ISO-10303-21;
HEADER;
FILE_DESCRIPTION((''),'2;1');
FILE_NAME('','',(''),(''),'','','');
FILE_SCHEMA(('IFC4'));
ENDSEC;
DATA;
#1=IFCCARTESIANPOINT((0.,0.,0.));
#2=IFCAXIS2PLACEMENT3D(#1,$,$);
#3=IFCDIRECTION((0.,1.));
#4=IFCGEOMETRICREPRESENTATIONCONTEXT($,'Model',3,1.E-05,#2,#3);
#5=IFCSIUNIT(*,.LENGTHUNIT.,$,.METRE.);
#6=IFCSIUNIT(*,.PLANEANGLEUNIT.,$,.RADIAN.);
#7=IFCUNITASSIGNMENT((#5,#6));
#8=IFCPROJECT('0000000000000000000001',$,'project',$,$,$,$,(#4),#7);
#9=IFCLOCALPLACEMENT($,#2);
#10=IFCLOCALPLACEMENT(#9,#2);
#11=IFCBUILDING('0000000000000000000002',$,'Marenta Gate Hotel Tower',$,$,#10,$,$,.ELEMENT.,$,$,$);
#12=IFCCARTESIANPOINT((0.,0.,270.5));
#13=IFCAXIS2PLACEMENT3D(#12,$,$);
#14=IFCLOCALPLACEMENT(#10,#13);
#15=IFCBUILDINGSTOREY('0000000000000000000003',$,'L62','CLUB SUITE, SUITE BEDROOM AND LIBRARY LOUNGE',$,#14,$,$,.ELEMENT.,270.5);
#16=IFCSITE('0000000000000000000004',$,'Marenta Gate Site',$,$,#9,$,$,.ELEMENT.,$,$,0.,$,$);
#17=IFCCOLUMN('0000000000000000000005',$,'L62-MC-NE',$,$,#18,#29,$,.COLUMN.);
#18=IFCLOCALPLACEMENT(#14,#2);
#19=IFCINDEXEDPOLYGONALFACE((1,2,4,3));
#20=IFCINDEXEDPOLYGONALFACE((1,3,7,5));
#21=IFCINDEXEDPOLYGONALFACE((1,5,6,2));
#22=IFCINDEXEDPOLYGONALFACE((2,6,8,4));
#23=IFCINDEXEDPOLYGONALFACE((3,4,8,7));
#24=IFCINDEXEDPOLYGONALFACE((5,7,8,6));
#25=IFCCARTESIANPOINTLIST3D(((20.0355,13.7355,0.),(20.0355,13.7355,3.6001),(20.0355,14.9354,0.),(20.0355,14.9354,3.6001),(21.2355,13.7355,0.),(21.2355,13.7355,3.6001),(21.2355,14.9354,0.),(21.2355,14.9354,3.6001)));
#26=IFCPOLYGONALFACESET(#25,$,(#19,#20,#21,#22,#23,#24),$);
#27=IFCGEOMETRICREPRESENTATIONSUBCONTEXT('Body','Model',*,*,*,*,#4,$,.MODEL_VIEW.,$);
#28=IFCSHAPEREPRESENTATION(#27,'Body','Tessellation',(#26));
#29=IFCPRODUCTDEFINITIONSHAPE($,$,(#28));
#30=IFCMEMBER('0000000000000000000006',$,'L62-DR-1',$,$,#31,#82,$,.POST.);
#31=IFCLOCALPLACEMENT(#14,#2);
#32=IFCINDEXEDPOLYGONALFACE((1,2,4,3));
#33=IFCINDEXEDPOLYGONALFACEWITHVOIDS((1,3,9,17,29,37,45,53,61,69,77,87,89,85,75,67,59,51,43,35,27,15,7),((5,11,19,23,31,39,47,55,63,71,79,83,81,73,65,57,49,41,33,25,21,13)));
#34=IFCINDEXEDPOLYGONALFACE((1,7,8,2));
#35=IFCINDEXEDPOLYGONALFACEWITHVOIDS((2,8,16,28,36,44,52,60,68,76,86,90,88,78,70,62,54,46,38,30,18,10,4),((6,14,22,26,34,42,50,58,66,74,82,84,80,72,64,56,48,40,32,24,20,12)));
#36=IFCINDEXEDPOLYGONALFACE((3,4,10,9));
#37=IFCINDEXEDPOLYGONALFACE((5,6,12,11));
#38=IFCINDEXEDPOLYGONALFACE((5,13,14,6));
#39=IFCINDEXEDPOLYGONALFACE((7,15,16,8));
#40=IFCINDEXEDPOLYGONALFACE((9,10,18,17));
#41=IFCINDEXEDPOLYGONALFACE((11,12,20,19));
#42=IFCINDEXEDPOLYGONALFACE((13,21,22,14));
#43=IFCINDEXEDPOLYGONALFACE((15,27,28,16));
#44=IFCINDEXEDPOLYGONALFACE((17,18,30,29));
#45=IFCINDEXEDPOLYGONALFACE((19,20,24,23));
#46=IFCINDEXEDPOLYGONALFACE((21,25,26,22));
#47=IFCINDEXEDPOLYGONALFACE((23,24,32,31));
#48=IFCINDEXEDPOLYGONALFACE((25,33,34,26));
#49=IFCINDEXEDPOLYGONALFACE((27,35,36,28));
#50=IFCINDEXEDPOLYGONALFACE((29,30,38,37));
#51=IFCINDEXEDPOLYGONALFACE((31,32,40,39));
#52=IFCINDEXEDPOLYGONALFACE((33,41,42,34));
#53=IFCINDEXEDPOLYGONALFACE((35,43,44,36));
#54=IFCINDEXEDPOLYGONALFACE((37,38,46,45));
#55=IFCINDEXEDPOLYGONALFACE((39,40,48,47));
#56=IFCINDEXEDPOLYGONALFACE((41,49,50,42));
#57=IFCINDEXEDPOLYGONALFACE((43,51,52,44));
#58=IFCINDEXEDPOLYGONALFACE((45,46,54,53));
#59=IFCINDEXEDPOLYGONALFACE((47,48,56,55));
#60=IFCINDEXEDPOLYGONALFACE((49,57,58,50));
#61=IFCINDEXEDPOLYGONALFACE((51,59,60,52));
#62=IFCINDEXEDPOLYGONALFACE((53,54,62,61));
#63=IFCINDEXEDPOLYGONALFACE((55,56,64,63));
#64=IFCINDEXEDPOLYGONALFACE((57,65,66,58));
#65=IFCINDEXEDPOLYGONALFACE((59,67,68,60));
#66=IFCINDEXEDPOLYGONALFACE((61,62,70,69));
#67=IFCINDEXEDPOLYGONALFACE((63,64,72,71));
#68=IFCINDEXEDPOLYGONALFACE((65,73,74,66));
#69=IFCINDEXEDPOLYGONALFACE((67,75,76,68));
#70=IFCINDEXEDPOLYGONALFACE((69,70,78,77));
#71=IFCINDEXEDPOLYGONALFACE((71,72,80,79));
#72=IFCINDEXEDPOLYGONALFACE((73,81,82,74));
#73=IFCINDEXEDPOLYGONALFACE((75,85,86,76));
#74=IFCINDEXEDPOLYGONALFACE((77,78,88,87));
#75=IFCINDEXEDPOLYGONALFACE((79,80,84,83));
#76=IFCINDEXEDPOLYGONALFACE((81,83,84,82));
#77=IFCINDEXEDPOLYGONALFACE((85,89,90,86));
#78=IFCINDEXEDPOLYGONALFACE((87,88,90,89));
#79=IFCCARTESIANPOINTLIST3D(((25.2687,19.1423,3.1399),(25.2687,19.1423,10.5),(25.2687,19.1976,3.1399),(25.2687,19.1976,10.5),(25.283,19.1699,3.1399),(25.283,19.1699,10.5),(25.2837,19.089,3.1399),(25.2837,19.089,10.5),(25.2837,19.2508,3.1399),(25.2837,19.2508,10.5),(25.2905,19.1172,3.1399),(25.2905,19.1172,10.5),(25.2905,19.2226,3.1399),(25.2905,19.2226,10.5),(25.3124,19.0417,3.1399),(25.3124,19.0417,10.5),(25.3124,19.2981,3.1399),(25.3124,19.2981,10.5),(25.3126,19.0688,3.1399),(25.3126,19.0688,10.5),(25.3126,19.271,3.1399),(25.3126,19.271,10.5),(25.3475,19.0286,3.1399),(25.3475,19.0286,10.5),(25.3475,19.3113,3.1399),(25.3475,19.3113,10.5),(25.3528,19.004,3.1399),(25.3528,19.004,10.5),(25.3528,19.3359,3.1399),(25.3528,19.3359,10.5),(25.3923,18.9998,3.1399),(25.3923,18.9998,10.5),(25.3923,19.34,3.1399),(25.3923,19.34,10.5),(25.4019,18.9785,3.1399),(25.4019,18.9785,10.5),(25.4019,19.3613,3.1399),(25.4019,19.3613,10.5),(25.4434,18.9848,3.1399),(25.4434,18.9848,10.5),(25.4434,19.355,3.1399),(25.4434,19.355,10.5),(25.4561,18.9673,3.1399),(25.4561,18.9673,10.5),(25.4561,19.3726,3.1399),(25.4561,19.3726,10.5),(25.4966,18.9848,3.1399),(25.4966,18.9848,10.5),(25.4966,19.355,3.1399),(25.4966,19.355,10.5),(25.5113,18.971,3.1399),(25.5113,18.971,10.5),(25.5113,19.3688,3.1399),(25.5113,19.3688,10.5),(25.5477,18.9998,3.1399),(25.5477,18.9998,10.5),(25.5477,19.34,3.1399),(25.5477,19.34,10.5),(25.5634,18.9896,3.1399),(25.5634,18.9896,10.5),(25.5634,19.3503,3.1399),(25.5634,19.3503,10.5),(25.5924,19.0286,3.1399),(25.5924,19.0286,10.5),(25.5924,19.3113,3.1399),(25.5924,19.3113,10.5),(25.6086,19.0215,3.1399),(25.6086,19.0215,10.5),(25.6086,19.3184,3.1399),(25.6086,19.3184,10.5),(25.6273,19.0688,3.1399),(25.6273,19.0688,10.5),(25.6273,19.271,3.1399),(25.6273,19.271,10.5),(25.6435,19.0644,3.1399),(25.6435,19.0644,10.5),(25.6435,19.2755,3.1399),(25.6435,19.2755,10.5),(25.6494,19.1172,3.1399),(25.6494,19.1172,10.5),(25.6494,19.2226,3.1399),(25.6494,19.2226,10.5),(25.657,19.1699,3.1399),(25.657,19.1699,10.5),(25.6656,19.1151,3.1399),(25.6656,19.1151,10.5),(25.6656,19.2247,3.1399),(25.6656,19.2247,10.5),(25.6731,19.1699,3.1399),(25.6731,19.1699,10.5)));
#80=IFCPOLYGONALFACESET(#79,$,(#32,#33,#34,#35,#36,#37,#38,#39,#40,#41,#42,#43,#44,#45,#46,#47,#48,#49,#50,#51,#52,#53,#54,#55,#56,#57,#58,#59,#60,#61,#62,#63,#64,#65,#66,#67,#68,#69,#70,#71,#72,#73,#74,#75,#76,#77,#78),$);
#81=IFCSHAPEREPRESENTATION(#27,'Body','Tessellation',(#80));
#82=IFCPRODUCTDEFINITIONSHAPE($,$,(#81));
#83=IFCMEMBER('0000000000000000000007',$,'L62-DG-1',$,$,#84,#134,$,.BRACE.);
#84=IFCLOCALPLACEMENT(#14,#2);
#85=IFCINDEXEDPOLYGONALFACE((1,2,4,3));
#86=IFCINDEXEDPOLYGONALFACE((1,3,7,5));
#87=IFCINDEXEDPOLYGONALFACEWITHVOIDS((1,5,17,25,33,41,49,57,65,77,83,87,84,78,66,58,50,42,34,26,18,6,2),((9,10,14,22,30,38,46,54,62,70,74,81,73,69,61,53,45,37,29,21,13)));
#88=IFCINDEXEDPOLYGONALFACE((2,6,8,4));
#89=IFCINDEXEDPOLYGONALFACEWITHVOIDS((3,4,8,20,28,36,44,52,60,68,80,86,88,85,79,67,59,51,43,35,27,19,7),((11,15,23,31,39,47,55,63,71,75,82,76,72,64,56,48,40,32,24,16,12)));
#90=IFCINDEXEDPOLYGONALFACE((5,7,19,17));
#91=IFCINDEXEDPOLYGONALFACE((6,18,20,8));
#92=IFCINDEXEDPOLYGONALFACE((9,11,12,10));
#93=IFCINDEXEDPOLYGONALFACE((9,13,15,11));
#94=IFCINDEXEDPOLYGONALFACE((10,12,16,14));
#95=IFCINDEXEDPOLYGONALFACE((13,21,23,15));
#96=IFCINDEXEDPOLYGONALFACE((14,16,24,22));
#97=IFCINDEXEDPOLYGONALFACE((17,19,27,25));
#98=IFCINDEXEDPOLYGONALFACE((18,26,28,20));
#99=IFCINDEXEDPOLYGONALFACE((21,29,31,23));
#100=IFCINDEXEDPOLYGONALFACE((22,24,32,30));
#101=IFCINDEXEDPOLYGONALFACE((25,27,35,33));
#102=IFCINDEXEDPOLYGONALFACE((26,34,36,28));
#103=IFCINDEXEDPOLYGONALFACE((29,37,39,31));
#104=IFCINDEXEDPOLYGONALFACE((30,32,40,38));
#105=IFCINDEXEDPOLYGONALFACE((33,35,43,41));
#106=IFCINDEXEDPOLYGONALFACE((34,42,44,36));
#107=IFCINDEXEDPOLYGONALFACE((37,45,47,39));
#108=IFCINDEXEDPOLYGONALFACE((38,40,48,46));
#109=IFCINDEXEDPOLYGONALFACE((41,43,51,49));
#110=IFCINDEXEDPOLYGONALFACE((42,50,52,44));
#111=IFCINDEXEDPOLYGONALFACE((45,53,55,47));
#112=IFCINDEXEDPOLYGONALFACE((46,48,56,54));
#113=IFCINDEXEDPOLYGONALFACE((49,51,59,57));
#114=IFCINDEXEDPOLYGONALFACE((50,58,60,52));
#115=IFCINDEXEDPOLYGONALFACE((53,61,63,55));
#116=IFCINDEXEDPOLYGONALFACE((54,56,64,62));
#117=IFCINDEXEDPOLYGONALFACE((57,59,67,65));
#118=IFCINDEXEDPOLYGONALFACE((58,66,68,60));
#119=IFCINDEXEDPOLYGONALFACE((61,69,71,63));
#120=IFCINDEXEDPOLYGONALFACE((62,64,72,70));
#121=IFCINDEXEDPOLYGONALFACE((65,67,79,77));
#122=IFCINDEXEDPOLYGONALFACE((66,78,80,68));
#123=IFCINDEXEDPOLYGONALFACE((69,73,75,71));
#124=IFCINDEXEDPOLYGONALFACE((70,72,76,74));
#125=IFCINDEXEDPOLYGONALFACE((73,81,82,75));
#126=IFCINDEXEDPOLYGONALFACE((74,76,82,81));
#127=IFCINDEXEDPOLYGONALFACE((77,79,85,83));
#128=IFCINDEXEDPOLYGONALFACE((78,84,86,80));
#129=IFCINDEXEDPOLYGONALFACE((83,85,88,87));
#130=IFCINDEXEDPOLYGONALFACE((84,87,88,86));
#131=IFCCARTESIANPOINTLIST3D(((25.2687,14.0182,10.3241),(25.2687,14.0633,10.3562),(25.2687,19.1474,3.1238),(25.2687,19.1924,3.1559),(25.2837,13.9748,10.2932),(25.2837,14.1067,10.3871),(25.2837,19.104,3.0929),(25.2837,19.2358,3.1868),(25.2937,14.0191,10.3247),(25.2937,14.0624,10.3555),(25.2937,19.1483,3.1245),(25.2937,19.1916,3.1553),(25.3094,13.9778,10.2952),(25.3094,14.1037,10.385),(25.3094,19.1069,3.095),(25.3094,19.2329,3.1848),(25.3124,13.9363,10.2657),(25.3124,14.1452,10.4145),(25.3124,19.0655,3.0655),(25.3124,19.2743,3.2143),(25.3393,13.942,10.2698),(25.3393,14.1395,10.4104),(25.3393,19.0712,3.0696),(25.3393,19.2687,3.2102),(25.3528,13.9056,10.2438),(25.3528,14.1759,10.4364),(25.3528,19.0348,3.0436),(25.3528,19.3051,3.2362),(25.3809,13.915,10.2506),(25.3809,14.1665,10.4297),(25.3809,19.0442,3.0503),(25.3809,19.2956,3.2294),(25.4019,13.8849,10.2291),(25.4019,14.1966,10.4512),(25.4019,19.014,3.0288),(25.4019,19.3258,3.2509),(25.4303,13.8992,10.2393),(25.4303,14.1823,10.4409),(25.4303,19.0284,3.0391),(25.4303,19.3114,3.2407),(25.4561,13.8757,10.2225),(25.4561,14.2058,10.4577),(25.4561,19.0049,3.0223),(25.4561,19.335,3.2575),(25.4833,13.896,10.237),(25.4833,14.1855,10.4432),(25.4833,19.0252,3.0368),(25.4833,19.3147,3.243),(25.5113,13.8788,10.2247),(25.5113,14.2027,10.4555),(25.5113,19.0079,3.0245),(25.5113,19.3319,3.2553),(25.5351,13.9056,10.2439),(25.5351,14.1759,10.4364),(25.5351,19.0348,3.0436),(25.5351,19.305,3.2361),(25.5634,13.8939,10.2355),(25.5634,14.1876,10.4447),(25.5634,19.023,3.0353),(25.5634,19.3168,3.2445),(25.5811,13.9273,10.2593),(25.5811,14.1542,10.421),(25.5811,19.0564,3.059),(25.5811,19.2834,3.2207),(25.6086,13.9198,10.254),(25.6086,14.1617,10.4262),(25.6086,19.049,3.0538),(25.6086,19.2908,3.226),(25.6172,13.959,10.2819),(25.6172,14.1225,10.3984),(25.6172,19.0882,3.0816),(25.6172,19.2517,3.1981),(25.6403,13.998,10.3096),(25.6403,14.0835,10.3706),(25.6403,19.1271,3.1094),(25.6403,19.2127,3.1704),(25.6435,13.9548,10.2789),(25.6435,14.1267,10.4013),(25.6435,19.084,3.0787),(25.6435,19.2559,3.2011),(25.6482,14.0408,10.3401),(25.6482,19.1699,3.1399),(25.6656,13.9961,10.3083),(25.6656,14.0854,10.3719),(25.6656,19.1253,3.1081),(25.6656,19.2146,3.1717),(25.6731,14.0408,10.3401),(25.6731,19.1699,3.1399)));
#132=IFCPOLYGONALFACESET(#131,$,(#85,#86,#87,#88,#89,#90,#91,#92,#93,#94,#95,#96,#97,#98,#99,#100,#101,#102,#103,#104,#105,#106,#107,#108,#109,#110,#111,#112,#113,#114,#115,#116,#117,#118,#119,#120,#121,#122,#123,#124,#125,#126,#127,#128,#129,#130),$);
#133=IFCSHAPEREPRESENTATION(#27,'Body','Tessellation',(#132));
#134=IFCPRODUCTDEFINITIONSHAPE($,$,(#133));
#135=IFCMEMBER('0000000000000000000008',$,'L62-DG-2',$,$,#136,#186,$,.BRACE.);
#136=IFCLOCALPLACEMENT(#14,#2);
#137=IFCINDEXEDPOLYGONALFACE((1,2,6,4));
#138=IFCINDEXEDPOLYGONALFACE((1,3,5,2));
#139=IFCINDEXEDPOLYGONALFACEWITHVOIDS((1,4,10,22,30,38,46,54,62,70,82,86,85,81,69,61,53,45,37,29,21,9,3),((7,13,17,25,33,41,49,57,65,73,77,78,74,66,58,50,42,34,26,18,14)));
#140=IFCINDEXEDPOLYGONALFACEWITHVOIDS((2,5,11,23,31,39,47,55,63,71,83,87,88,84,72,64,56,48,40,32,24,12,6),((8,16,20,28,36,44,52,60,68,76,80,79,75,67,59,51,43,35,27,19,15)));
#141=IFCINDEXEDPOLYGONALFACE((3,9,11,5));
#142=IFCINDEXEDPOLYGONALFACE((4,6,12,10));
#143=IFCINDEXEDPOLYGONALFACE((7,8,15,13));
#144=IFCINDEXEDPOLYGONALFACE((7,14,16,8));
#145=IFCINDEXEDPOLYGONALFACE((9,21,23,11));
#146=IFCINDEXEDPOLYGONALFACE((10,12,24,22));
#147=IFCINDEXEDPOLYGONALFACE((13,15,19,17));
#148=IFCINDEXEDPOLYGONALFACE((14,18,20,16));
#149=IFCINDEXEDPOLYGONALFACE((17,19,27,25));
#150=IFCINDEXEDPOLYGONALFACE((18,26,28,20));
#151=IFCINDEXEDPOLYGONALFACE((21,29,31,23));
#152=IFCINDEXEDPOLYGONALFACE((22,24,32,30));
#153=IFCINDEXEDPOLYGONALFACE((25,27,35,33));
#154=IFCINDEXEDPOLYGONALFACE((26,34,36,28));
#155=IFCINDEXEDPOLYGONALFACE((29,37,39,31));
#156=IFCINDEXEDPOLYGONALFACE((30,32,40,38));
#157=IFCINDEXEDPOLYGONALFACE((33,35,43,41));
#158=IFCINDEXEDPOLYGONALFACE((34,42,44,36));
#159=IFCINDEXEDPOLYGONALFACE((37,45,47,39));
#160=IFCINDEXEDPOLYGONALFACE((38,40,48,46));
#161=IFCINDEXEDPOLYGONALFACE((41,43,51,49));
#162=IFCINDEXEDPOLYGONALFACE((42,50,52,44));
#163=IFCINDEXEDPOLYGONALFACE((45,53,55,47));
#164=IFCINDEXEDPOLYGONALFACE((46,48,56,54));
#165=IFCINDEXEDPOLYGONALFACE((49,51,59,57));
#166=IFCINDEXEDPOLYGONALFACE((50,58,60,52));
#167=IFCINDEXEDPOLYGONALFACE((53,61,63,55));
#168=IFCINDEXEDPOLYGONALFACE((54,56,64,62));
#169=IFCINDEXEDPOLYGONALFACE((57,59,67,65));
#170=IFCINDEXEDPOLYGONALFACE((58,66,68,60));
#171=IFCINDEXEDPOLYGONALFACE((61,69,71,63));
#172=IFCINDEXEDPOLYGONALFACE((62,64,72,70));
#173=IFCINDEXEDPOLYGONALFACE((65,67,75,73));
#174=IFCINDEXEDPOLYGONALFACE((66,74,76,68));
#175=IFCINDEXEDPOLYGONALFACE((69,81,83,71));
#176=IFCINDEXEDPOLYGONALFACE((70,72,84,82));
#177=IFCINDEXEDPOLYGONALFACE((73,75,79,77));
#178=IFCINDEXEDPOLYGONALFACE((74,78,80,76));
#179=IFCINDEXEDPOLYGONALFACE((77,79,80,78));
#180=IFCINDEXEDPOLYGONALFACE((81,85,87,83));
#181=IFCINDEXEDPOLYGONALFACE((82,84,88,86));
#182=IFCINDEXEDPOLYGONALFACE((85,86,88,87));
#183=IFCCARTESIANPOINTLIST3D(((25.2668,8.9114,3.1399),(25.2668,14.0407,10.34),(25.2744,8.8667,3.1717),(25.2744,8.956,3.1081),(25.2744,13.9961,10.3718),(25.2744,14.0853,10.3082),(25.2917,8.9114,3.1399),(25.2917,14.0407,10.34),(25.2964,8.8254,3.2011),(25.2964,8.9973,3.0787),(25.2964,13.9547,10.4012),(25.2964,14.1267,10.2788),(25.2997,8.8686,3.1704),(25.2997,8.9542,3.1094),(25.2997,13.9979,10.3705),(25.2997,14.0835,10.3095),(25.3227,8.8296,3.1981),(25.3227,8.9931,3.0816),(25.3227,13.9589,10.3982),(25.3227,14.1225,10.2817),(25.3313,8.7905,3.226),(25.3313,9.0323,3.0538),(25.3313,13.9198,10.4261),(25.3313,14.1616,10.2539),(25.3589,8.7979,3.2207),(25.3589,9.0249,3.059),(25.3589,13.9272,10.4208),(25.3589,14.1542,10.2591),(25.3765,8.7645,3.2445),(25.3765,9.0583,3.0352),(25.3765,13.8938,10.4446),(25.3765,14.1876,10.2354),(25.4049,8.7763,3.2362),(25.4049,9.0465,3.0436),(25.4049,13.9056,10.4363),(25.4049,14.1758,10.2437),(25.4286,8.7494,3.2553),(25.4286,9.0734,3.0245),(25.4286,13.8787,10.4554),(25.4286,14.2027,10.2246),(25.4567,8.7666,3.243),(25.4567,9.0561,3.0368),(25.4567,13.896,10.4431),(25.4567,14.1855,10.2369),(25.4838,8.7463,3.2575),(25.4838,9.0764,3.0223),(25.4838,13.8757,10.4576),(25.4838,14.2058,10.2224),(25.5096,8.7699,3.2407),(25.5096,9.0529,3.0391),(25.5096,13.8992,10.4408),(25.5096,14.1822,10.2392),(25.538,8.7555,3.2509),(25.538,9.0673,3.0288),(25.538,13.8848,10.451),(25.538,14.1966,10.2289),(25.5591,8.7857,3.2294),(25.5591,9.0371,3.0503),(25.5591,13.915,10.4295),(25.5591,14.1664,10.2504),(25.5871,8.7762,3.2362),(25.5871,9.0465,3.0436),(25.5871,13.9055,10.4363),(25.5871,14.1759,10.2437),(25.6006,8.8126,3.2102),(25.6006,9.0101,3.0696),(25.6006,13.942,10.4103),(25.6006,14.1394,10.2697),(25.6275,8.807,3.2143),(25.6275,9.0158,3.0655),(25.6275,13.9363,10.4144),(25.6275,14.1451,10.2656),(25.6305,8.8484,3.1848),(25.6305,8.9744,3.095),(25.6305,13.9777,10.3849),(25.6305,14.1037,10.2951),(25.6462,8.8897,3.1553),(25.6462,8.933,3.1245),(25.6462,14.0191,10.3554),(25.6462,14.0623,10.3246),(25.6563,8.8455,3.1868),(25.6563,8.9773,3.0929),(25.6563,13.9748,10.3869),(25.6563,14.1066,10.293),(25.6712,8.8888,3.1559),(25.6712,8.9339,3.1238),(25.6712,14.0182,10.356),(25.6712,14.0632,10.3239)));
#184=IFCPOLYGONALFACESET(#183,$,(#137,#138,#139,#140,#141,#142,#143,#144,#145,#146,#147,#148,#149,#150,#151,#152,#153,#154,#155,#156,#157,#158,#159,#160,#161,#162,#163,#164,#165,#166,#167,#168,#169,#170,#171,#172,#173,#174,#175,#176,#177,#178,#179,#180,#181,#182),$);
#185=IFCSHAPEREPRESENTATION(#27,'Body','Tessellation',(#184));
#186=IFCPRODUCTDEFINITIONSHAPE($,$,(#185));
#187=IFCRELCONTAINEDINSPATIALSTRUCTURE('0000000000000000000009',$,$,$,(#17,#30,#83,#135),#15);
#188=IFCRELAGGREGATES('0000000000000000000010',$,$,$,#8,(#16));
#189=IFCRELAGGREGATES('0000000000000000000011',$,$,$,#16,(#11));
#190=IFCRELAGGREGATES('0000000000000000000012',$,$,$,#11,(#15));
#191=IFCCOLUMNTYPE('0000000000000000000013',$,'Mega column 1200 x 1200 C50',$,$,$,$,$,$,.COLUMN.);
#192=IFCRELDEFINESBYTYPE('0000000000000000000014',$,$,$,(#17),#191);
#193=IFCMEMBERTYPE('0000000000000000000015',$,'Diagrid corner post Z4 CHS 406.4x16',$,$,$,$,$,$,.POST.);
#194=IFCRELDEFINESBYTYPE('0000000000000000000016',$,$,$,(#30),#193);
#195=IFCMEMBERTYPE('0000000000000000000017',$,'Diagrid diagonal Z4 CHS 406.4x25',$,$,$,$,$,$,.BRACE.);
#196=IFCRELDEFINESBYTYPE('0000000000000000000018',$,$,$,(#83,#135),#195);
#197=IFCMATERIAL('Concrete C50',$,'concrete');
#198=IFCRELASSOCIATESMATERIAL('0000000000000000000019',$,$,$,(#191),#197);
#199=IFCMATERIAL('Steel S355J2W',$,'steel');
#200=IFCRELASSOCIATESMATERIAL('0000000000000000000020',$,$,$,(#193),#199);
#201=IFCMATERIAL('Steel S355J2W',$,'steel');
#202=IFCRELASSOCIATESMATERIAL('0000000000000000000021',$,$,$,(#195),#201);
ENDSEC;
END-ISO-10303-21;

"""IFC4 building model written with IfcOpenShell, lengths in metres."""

from ifc_helpers import new_model, si_unit, direction, frame, origin, origin_2d, place, context, subcontext, project, spatial, rectangle, hollow_circle, extrude, material, material_profile, profile_set, type_object, element, save


model = new_model("IFC4")

# Units and contexts
model_context = context("Model", 3, precision=1e-05, world=origin(), true_north=direction((0.0, 1.0)))
body_context = subcontext(model_context, "Body", "Model", "MODEL_VIEW")
ifc_project = project(units=[si_unit("LENGTHUNIT", "METRE"), si_unit("PLANEANGLEUNIT", "RADIAN")], contexts=[model_context])

# Site, building, storey
site_placement = place(None, origin())
site = spatial("IfcSite", under=ifc_project, at=site_placement, Name="Marenta Gate Site", CompositionType="ELEMENT", RefElevation=0.0)
building_placement = place(site_placement, origin())
building = spatial("IfcBuilding", under=site, at=building_placement, Name="Marenta Gate Hotel Tower", CompositionType="ELEMENT")
storey_placement = place(building_placement, frame((0.0, 0.0, 270.5)))
storey = spatial("IfcBuildingStorey", under=building, at=storey_placement, Name="L62", Description="CLUB SUITE, SUITE BEDROOM AND LIBRARY LOUNGE", CompositionType="ELEMENT", Elevation=270.5)

# Column
ifc_material_1 = material(Name="Concrete C50", Category="concrete")
ifc_material_profile_1 = material_profile(ifc_material_1, rectangle(XDim=1.2, YDim=1.2, at=origin_2d()), Name="1200 x 1200")
ifc_profile_set_1 = profile_set([ifc_material_profile_1], Name="Concrete C50")
column_type = type_object("IfcColumnType", Name="Mega column 1200 x 1200 C50", PredefinedType="COLUMN", material=ifc_profile_set_1)
column_placement = place(storey_placement, frame((20.6355, 14.3354, 0.0), z_axis=(0.0, 0.0, 1.0), x_axis=(1.0, 0.0, 0.0)))
element("IfcColumn", 1, at=column_placement, inside=storey, type_object=column_type, Name="L62-MC-NE", PredefinedType="COLUMN", context=body_context, shape_type="SweptSolid", body=[
    extrude(rectangle(XDim=1.2, YDim=1.2, at=origin_2d()), origin(), (0.0, 0.0, 1.0), 3.6001),
])

# Members
ifc_material_2 = material(Name="Steel S355J2W", Category="steel")
ifc_material_profile_2 = material_profile(ifc_material_2, hollow_circle(Radius=0.2031, WallThickness=0.0161, at=origin_2d()), Name="CHS 406.4x16")
ifc_profile_set_2 = profile_set([ifc_material_profile_2], Name="Steel S355J2W")
member_type_1 = type_object("IfcMemberType", Name="Diagrid corner post Z4 CHS 406.4x16", PredefinedType="POST", material=ifc_profile_set_2)
member_1_placement = place(storey_placement, frame((25.47, 19.1699, 3.1399), z_axis=(0.0, 0.0, 1.0), x_axis=(1.0, 0.0, 0.0)))
element("IfcMember", 2, at=member_1_placement, inside=storey, type_object=member_type_1, Name="L62-DR-1", PredefinedType="POST", context=body_context, shape_type="SweptSolid", body=[
    extrude(hollow_circle(Radius=0.2031, WallThickness=0.0161, at=origin_2d()), origin(), (0.0, 0.0, 1.0), 7.3601),
])
ifc_material_3 = material(Name="Steel S355J2W", Category="steel")
ifc_material_profile_3 = material_profile(ifc_material_3, hollow_circle(Radius=0.2031, WallThickness=0.0249, at=origin_2d()), Name="CHS 406.4x25")
ifc_profile_set_3 = profile_set([ifc_material_profile_3], Name="Steel S355J2W")
member_type_2 = type_object("IfcMemberType", Name="Diagrid diagonal Z4 CHS 406.4x25", PredefinedType="BRACE", material=ifc_profile_set_3)
for number, where, z_axis, x_axis, name in (
    (3, (25.47, 19.1699, 3.1399), (0.0, -0.580201, 0.814474), (1.0, 0.0, 0.0), "L62-DG-1"),
    (4, (25.47, 8.9114, 3.1399), (0.0, 0.580219, 0.814461), (-1.0, 0.0, 0.0), "L62-DG-2"),
):
    element("IfcMember", number, at=place(storey_placement, frame(where, z_axis=z_axis, x_axis=x_axis)), inside=storey, type_object=member_type_2, Name=name, PredefinedType="BRACE", context=body_context, shape_type="SweptSolid", body=[
        extrude(hollow_circle(Radius=0.2031, WallThickness=0.0249, at=origin_2d()), origin(), (0.0, 0.0, 1.0), 8.8403),
    ])

save(model, "model.ifc")
